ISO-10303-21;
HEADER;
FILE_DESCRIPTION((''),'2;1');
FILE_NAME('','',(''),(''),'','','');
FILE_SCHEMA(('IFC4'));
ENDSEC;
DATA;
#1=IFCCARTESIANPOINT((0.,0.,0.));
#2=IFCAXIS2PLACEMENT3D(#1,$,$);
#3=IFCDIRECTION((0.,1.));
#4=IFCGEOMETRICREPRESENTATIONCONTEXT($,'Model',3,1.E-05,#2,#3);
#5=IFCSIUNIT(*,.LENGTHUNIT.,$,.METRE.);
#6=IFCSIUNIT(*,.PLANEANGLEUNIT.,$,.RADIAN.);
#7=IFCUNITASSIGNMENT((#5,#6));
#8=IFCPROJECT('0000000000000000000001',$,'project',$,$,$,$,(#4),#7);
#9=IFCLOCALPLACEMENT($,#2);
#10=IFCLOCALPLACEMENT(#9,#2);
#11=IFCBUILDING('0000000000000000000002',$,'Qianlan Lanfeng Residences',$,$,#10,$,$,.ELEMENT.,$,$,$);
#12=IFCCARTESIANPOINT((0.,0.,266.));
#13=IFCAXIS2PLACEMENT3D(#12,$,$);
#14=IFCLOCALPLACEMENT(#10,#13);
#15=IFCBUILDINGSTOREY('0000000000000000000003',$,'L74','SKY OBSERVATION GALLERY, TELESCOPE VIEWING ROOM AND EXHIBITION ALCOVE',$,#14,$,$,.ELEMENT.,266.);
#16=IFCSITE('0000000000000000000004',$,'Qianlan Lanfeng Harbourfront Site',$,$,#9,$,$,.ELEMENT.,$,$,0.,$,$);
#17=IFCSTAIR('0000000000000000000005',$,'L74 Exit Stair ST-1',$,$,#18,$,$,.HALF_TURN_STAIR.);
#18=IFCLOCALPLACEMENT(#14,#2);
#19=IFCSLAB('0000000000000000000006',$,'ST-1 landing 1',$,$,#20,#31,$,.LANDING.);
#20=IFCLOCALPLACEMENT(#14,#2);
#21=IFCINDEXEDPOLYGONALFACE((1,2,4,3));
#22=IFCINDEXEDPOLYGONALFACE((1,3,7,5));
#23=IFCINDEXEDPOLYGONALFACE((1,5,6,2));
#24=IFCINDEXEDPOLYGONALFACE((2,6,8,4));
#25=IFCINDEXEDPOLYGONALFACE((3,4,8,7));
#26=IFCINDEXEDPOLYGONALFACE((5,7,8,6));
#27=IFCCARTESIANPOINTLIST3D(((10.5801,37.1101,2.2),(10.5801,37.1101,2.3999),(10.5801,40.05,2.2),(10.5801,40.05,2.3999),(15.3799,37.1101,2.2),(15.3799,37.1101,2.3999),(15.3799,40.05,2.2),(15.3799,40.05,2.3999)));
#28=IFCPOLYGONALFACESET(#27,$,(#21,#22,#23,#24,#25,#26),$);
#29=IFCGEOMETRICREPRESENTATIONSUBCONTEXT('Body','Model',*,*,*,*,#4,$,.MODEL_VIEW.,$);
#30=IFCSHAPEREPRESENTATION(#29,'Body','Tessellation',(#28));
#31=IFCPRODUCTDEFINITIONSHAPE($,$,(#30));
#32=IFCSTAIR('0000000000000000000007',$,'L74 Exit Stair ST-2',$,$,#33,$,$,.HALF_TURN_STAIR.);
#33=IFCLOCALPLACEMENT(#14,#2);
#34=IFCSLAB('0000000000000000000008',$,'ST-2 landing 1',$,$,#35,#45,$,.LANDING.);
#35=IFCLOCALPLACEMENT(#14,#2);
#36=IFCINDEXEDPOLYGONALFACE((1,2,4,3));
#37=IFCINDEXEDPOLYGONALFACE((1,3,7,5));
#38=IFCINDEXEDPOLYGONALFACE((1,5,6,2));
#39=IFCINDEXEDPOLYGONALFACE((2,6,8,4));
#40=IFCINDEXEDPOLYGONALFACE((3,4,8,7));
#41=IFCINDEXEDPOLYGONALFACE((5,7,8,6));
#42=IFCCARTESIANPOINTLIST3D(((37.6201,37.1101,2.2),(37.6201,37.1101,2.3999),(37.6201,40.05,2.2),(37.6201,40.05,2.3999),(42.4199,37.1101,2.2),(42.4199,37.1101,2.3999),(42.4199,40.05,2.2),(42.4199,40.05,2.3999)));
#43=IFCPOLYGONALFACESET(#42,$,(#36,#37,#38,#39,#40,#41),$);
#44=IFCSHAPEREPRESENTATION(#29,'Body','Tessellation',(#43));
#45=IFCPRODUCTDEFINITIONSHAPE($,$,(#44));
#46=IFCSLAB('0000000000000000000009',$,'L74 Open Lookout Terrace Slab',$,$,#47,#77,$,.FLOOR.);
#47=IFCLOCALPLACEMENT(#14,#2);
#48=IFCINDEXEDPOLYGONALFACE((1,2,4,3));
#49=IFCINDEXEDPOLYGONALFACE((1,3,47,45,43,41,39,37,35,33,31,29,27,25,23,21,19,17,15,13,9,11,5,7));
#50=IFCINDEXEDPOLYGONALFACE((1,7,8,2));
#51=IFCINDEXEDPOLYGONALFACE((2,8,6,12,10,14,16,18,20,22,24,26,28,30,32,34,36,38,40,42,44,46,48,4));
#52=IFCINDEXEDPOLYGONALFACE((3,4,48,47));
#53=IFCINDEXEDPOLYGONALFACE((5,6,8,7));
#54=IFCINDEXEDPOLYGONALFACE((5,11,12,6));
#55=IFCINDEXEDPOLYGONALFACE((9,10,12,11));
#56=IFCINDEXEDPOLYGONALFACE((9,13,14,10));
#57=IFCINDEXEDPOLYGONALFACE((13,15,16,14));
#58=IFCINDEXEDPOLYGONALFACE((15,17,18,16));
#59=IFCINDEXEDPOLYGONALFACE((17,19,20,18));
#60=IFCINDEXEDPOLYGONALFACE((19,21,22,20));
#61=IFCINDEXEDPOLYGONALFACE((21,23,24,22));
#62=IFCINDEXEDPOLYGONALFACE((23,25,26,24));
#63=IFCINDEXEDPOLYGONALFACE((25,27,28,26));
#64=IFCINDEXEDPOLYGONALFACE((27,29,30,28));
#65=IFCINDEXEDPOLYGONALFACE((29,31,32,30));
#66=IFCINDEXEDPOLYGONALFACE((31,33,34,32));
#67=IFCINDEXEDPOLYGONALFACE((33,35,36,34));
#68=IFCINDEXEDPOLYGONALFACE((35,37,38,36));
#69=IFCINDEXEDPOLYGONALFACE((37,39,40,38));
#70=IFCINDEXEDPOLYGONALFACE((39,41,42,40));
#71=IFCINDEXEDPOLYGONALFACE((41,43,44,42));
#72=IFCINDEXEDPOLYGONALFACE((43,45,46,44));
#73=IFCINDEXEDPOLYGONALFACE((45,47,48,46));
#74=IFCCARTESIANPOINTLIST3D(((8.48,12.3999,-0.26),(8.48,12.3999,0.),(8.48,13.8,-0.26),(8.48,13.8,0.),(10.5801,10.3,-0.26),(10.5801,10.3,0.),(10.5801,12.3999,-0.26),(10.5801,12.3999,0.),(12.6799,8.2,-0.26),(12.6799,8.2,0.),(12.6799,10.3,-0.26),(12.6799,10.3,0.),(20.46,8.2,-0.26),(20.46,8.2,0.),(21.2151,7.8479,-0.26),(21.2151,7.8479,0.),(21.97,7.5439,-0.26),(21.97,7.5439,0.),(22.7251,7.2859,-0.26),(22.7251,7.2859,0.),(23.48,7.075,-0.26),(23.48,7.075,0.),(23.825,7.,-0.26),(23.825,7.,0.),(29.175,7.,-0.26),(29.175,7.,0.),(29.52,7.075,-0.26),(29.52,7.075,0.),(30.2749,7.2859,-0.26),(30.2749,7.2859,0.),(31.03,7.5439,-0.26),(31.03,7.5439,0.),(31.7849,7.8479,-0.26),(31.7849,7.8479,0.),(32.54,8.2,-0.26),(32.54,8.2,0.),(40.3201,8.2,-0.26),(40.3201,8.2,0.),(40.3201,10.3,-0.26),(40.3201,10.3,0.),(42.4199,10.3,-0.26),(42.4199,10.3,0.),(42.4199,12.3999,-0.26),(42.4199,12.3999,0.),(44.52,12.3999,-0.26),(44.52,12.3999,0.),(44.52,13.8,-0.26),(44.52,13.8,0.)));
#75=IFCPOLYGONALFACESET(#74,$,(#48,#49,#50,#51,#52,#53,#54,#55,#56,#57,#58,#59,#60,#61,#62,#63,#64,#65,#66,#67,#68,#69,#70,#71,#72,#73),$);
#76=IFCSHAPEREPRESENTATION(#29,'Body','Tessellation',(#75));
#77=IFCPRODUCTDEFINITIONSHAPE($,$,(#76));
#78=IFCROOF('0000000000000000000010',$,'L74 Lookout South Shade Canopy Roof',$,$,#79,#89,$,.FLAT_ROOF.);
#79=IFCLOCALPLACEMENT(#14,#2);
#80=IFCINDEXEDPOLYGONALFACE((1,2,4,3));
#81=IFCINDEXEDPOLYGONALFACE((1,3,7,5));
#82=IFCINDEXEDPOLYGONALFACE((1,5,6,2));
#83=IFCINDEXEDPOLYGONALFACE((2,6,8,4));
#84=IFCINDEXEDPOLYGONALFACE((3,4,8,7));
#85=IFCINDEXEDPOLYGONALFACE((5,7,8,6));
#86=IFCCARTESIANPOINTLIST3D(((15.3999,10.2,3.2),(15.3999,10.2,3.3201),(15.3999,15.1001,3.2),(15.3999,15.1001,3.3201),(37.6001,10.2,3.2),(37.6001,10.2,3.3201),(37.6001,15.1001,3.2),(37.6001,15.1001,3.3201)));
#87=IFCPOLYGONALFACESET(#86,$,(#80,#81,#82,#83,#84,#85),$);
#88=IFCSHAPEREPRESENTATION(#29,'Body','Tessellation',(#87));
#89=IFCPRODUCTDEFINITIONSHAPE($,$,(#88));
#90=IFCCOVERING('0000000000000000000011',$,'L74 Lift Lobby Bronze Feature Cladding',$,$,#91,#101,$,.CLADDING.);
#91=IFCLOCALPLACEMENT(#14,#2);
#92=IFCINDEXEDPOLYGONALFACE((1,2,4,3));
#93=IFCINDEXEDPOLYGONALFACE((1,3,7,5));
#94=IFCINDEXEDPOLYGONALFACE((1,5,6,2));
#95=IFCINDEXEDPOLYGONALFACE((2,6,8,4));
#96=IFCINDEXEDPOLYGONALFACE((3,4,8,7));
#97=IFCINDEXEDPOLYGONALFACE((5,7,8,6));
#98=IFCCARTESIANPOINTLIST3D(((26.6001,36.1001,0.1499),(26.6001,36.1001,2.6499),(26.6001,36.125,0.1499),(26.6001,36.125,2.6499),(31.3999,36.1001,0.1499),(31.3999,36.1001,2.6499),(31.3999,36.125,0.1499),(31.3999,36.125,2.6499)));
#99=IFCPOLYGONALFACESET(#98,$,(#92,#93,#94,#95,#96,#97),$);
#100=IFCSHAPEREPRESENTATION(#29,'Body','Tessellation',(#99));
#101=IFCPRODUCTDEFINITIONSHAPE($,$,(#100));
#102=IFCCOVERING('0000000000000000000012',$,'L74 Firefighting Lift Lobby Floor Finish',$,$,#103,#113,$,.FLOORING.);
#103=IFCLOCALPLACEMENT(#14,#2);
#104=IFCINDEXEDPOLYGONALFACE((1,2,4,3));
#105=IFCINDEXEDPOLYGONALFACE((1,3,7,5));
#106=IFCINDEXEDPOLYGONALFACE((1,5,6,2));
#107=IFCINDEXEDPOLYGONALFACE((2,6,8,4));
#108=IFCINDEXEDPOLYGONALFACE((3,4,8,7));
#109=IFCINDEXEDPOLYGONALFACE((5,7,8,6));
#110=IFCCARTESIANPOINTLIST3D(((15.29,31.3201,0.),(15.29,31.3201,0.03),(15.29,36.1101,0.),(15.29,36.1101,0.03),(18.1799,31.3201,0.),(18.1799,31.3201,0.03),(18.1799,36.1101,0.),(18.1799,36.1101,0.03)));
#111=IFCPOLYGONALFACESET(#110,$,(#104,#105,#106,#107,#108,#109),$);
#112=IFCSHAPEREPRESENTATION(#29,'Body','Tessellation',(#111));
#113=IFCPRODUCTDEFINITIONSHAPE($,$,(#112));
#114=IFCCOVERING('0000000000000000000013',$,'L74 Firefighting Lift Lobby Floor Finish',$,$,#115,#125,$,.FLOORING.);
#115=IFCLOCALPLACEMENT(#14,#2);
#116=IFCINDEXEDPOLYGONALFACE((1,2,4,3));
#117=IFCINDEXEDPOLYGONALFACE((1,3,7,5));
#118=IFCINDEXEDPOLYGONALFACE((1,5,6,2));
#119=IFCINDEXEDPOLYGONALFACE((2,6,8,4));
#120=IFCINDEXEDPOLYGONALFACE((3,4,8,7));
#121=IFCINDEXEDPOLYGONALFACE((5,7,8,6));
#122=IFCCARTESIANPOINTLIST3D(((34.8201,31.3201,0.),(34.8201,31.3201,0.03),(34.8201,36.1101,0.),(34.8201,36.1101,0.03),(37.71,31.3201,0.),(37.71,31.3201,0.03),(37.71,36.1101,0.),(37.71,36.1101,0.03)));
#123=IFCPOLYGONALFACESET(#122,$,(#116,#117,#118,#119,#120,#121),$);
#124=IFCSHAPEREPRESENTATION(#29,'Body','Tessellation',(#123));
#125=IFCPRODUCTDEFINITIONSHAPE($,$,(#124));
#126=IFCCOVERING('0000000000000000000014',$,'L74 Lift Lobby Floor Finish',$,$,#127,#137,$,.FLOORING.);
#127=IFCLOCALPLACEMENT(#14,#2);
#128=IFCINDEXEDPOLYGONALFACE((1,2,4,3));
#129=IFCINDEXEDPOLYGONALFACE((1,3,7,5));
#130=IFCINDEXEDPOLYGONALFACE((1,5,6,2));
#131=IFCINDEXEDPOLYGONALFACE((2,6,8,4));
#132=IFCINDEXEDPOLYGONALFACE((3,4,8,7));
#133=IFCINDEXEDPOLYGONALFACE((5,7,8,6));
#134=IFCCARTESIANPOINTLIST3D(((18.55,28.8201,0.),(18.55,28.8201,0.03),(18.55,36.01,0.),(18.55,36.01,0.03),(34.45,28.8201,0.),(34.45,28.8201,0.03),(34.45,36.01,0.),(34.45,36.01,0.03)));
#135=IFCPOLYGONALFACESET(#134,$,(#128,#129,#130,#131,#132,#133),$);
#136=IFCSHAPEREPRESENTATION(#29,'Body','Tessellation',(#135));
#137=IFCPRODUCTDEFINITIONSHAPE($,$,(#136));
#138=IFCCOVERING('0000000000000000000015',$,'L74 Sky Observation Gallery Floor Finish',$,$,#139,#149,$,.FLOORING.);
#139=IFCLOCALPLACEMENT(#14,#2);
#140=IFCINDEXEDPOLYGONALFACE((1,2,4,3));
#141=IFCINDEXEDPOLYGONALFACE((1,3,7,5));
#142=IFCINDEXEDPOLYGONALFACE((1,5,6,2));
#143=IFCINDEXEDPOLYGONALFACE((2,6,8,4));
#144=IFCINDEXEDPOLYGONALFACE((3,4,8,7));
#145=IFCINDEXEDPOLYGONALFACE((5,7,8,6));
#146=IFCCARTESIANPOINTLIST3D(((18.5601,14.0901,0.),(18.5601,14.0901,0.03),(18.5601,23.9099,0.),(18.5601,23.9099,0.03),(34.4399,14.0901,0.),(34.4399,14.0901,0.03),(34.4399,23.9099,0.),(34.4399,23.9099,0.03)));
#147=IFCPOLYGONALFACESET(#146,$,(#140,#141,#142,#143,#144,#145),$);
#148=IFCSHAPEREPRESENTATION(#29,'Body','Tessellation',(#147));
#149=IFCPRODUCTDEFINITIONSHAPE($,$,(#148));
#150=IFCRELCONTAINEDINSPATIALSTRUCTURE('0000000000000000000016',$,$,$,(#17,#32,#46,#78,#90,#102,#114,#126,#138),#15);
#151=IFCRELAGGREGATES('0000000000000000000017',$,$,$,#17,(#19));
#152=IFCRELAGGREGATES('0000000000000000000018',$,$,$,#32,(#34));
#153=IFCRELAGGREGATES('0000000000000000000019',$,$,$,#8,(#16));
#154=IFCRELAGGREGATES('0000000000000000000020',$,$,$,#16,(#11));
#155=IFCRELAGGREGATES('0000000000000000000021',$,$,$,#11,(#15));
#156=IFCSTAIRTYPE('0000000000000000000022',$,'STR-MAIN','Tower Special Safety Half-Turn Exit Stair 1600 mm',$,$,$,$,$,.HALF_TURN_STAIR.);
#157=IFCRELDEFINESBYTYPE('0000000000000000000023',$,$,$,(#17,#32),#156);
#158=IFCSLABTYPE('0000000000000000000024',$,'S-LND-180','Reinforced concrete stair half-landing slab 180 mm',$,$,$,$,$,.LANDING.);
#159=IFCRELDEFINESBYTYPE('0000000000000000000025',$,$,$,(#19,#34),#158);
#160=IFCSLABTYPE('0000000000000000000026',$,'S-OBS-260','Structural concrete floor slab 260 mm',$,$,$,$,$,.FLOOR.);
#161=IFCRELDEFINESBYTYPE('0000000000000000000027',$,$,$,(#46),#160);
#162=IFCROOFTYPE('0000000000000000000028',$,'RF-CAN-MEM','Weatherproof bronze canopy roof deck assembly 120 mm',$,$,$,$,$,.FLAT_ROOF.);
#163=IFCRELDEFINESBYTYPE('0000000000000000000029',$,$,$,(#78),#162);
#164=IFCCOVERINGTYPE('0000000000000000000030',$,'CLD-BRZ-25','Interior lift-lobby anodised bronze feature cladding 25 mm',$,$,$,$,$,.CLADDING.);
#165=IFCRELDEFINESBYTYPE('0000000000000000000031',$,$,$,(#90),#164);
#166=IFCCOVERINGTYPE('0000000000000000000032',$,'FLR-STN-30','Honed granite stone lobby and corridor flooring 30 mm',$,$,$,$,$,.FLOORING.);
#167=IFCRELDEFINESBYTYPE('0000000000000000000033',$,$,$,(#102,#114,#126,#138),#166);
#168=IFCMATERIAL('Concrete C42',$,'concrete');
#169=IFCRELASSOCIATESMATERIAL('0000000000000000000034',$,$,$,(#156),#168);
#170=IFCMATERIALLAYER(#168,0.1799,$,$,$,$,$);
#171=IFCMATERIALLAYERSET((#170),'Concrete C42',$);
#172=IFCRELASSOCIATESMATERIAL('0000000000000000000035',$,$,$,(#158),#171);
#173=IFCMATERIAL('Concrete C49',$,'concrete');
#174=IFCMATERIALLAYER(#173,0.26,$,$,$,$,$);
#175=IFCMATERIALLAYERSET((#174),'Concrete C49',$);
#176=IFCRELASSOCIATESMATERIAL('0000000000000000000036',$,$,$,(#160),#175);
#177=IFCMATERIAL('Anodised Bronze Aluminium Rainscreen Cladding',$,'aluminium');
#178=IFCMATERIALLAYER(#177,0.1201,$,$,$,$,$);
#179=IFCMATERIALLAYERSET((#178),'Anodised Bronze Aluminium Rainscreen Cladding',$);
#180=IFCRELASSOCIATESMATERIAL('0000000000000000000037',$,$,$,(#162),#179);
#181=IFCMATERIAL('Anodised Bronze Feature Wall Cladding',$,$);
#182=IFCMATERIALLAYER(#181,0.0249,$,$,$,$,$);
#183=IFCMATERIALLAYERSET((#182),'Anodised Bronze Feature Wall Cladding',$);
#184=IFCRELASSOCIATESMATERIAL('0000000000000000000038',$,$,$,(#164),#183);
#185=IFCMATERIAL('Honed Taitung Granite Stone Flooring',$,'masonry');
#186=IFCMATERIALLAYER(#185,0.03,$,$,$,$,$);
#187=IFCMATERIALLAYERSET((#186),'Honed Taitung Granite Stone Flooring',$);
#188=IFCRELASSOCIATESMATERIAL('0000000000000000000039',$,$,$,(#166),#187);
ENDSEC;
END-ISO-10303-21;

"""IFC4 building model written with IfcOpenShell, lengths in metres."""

from ifc_helpers import new_model, si_unit, direction, frame, origin, place, context, subcontext, project, spatial, polyline, outline, extrude, material, layer, layer_set, type_object, element, aggregate, save


model = new_model("IFC4")

# Units and contexts
model_context = context("Model", 3, precision=1e-05, world=origin(), true_north=direction((0.0, 1.0)))
body_context = subcontext(model_context, "Body", "Model", "MODEL_VIEW")
ifc_project = project(units=[si_unit("LENGTHUNIT", "METRE"), si_unit("PLANEANGLEUNIT", "RADIAN")], contexts=[model_context])

# Site, building, storey
site_placement = place(None, origin())
site = spatial("IfcSite", under=ifc_project, at=site_placement, Name="Qianlan Lanfeng Harbourfront Site", CompositionType="ELEMENT", RefElevation=0.0)
building_placement = place(site_placement, origin())
building = spatial("IfcBuilding", under=site, at=building_placement, Name="Qianlan Lanfeng Residences", CompositionType="ELEMENT")
storey_placement = place(building_placement, frame((0.0, 0.0, 266.0)))
storey = spatial("IfcBuildingStorey", under=building, at=storey_placement, Name="L74", Description="SKY OBSERVATION GALLERY, TELESCOPE VIEWING ROOM AND EXHIBITION ALCOVE", CompositionType="ELEMENT", Elevation=266.0)

# Shared definitions
ifc_material_1 = material(Name="Concrete C49", Category="concrete")

# Stairs, slabs
ifc_material_2 = material(Name="Concrete C42", Category="concrete")
stair_type = type_object("IfcStairType", Name="STR-MAIN", Description="Tower Special Safety Half-Turn Exit Stair 1600 mm", PredefinedType="HALF_TURN_STAIR", material=ifc_material_2)
stair_1_placement = place(storey_placement, origin())
stair_1 = element("IfcStair", 1, at=stair_1_placement, inside=storey, type_object=stair_type, Name="L74 Exit Stair ST-1", PredefinedType="HALF_TURN_STAIR")
ifc_layer_1 = layer(ifc_material_2, 0.1799)
ifc_layer_set_1 = layer_set([ifc_layer_1], Name="Concrete C42")
slab_type_1 = type_object("IfcSlabType", Name="S-LND-180", Description="Reinforced concrete stair half-landing slab 180 mm", PredefinedType="LANDING", material=ifc_layer_set_1)
slab_1_placement = place(storey_placement, frame((0.0, 0.0, 2.2)))
slab_1 = element("IfcSlab", 2, at=slab_1_placement, type_object=slab_type_1, Name="ST-1 landing 1", PredefinedType="LANDING", context=body_context, shape_type="SweptSolid", body=[
    extrude(outline(polyline([(10.5801, 37.1101), (15.3799, 37.1101), (15.3799, 40.05), (10.5801, 40.05), (10.5801, 37.1101)])), origin(), (0.0, 0.0, 1.0), 0.2),
])
aggregate(stair_1, [slab_1])
stair_2_placement = place(storey_placement, origin())
stair_2 = element("IfcStair", 3, at=stair_2_placement, inside=storey, type_object=stair_type, Name="L74 Exit Stair ST-2", PredefinedType="HALF_TURN_STAIR")
slab_2_placement = place(storey_placement, frame((0.0, 0.0, 2.2)))
slab_2 = element("IfcSlab", 4, at=slab_2_placement, type_object=slab_type_1, Name="ST-2 landing 1", PredefinedType="LANDING", context=body_context, shape_type="SweptSolid", body=[
    extrude(outline(polyline([(37.6201, 37.1101), (42.4199, 37.1101), (42.4199, 40.05), (37.6201, 40.05), (37.6201, 37.1101)])), origin(), (0.0, 0.0, 1.0), 0.2),
])
aggregate(stair_2, [slab_2])

# Slab
ifc_layer_2 = layer(ifc_material_1, 0.26)
ifc_layer_set_2 = layer_set([ifc_layer_2], Name="Concrete C49")
slab_type_2 = type_object("IfcSlabType", Name="S-OBS-260", Description="Structural concrete floor slab 260 mm", PredefinedType="FLOOR", material=ifc_layer_set_2)
slab_3_placement = place(storey_placement, frame((0.0, 0.0, -0.26)))
element("IfcSlab", 5, at=slab_3_placement, inside=storey, type_object=slab_type_2, Name="L74 Open Lookout Terrace Slab", PredefinedType="FLOOR", context=body_context, shape_type="SweptSolid", body=[
    extrude(outline(polyline([(23.825, 7.0), (29.175, 7.0), (29.52, 7.075), (30.2749, 7.2859), (31.03, 7.5439), (31.7849, 7.8479), (32.54, 8.2), (40.3201, 8.2), (40.3201, 10.3), (42.4199, 10.3), (42.4199, 12.3999), (44.52, 12.3999), (44.52, 13.8), (8.48, 13.8), (8.48, 12.3999), (10.5801, 12.3999), (10.5801, 10.3), (12.6799, 10.3), (12.6799, 8.2), (20.46, 8.2), (21.2151, 7.8479), (21.97, 7.5439), (22.7251, 7.2859), (23.48, 7.075), (23.825, 7.0)])), origin(), (0.0, 0.0, 1.0), 0.26),
])

# Roof
ifc_material_3 = material(Name="Anodised Bronze Aluminium Rainscreen Cladding", Category="aluminium")
ifc_layer_3 = layer(ifc_material_3, 0.1201)
ifc_layer_set_3 = layer_set([ifc_layer_3], Name="Anodised Bronze Aluminium Rainscreen Cladding")
roof_type = type_object("IfcRoofType", Name="RF-CAN-MEM", Description="Weatherproof bronze canopy roof deck assembly 120 mm", PredefinedType="FLAT_ROOF", material=ifc_layer_set_3)
roof_placement = place(storey_placement, frame((0.0, 0.0, 3.2)))
element("IfcRoof", 6, at=roof_placement, inside=storey, type_object=roof_type, Name="L74 Lookout South Shade Canopy Roof", PredefinedType="FLAT_ROOF", context=body_context, shape_type="SweptSolid", body=[
    extrude(outline(polyline([(15.3999, 10.2), (37.6001, 10.2), (37.6001, 15.1001), (15.3999, 15.1001), (15.3999, 10.2)])), origin(), (0.0, 0.0, 1.0), 0.1201),
])

# Coverings
ifc_material_4 = material(Name="Anodised Bronze Feature Wall Cladding")
ifc_layer_4 = layer(ifc_material_4, 0.0249)
ifc_layer_set_4 = layer_set([ifc_layer_4], Name="Anodised Bronze Feature Wall Cladding")
covering_type_1 = type_object("IfcCoveringType", Name="CLD-BRZ-25", Description="Interior lift-lobby anodised bronze feature cladding 25 mm", PredefinedType="CLADDING", material=ifc_layer_set_4)
covering_1_placement = place(storey_placement, frame((0.0, 0.0, 0.1499)))
element("IfcCovering", 7, at=covering_1_placement, inside=storey, type_object=covering_type_1, Name="L74 Lift Lobby Bronze Feature Cladding", PredefinedType="CLADDING", context=body_context, shape_type="SweptSolid", body=[
    extrude(outline(polyline([(26.6001, 36.1001), (31.3999, 36.1001), (31.3999, 36.125), (26.6001, 36.125), (26.6001, 36.1001)])), origin(), (0.0, 0.0, 1.0), 2.5),
])
ifc_material_5 = material(Name="Honed Taitung Granite Stone Flooring", Category="masonry")
ifc_layer_5 = layer(ifc_material_5, 0.03)
ifc_layer_set_5 = layer_set([ifc_layer_5], Name="Honed Taitung Granite Stone Flooring")
covering_type_2 = type_object("IfcCoveringType", Name="FLR-STN-30", Description="Honed granite stone lobby and corridor flooring 30 mm", PredefinedType="FLOORING", material=ifc_layer_set_5)
covering_2_placement = place(storey_placement, origin())
element("IfcCovering", 8, at=covering_2_placement, inside=storey, type_object=covering_type_2, Name="L74 Firefighting Lift Lobby Floor Finish", PredefinedType="FLOORING", context=body_context, shape_type="SweptSolid", body=[
    extrude(outline(polyline([(15.29, 31.3201), (18.1799, 31.3201), (18.1799, 36.1101), (15.29, 36.1101), (15.29, 31.3201)])), origin(), (0.0, 0.0, 1.0), 0.03),
])
covering_3_placement = place(storey_placement, origin())
element("IfcCovering", 9, at=covering_3_placement, inside=storey, type_object=covering_type_2, Name="L74 Firefighting Lift Lobby Floor Finish", PredefinedType="FLOORING", context=body_context, shape_type="SweptSolid", body=[
    extrude(outline(polyline([(34.8201, 31.3201), (37.71, 31.3201), (37.71, 36.1101), (34.8201, 36.1101), (34.8201, 31.3201)])), origin(), (0.0, 0.0, 1.0), 0.03),
])
covering_4_placement = place(storey_placement, origin())
element("IfcCovering", 10, at=covering_4_placement, inside=storey, type_object=covering_type_2, Name="L74 Lift Lobby Floor Finish", PredefinedType="FLOORING", context=body_context, shape_type="SweptSolid", body=[
    extrude(outline(polyline([(18.55, 28.8201), (34.45, 28.8201), (34.45, 36.01), (18.55, 36.01), (18.55, 28.8201)])), origin(), (0.0, 0.0, 1.0), 0.03),
])
covering_5_placement = place(storey_placement, origin())
element("IfcCovering", 11, at=covering_5_placement, inside=storey, type_object=covering_type_2, Name="L74 Sky Observation Gallery Floor Finish", PredefinedType="FLOORING", context=body_context, shape_type="SweptSolid", body=[
    extrude(outline(polyline([(18.5601, 23.9099), (18.5601, 14.0901), (34.4399, 14.0901), (34.4399, 23.9099), (18.5601, 23.9099)])), origin(), (0.0, 0.0, 1.0), 0.03),
])

save(model, "model.ifc")
